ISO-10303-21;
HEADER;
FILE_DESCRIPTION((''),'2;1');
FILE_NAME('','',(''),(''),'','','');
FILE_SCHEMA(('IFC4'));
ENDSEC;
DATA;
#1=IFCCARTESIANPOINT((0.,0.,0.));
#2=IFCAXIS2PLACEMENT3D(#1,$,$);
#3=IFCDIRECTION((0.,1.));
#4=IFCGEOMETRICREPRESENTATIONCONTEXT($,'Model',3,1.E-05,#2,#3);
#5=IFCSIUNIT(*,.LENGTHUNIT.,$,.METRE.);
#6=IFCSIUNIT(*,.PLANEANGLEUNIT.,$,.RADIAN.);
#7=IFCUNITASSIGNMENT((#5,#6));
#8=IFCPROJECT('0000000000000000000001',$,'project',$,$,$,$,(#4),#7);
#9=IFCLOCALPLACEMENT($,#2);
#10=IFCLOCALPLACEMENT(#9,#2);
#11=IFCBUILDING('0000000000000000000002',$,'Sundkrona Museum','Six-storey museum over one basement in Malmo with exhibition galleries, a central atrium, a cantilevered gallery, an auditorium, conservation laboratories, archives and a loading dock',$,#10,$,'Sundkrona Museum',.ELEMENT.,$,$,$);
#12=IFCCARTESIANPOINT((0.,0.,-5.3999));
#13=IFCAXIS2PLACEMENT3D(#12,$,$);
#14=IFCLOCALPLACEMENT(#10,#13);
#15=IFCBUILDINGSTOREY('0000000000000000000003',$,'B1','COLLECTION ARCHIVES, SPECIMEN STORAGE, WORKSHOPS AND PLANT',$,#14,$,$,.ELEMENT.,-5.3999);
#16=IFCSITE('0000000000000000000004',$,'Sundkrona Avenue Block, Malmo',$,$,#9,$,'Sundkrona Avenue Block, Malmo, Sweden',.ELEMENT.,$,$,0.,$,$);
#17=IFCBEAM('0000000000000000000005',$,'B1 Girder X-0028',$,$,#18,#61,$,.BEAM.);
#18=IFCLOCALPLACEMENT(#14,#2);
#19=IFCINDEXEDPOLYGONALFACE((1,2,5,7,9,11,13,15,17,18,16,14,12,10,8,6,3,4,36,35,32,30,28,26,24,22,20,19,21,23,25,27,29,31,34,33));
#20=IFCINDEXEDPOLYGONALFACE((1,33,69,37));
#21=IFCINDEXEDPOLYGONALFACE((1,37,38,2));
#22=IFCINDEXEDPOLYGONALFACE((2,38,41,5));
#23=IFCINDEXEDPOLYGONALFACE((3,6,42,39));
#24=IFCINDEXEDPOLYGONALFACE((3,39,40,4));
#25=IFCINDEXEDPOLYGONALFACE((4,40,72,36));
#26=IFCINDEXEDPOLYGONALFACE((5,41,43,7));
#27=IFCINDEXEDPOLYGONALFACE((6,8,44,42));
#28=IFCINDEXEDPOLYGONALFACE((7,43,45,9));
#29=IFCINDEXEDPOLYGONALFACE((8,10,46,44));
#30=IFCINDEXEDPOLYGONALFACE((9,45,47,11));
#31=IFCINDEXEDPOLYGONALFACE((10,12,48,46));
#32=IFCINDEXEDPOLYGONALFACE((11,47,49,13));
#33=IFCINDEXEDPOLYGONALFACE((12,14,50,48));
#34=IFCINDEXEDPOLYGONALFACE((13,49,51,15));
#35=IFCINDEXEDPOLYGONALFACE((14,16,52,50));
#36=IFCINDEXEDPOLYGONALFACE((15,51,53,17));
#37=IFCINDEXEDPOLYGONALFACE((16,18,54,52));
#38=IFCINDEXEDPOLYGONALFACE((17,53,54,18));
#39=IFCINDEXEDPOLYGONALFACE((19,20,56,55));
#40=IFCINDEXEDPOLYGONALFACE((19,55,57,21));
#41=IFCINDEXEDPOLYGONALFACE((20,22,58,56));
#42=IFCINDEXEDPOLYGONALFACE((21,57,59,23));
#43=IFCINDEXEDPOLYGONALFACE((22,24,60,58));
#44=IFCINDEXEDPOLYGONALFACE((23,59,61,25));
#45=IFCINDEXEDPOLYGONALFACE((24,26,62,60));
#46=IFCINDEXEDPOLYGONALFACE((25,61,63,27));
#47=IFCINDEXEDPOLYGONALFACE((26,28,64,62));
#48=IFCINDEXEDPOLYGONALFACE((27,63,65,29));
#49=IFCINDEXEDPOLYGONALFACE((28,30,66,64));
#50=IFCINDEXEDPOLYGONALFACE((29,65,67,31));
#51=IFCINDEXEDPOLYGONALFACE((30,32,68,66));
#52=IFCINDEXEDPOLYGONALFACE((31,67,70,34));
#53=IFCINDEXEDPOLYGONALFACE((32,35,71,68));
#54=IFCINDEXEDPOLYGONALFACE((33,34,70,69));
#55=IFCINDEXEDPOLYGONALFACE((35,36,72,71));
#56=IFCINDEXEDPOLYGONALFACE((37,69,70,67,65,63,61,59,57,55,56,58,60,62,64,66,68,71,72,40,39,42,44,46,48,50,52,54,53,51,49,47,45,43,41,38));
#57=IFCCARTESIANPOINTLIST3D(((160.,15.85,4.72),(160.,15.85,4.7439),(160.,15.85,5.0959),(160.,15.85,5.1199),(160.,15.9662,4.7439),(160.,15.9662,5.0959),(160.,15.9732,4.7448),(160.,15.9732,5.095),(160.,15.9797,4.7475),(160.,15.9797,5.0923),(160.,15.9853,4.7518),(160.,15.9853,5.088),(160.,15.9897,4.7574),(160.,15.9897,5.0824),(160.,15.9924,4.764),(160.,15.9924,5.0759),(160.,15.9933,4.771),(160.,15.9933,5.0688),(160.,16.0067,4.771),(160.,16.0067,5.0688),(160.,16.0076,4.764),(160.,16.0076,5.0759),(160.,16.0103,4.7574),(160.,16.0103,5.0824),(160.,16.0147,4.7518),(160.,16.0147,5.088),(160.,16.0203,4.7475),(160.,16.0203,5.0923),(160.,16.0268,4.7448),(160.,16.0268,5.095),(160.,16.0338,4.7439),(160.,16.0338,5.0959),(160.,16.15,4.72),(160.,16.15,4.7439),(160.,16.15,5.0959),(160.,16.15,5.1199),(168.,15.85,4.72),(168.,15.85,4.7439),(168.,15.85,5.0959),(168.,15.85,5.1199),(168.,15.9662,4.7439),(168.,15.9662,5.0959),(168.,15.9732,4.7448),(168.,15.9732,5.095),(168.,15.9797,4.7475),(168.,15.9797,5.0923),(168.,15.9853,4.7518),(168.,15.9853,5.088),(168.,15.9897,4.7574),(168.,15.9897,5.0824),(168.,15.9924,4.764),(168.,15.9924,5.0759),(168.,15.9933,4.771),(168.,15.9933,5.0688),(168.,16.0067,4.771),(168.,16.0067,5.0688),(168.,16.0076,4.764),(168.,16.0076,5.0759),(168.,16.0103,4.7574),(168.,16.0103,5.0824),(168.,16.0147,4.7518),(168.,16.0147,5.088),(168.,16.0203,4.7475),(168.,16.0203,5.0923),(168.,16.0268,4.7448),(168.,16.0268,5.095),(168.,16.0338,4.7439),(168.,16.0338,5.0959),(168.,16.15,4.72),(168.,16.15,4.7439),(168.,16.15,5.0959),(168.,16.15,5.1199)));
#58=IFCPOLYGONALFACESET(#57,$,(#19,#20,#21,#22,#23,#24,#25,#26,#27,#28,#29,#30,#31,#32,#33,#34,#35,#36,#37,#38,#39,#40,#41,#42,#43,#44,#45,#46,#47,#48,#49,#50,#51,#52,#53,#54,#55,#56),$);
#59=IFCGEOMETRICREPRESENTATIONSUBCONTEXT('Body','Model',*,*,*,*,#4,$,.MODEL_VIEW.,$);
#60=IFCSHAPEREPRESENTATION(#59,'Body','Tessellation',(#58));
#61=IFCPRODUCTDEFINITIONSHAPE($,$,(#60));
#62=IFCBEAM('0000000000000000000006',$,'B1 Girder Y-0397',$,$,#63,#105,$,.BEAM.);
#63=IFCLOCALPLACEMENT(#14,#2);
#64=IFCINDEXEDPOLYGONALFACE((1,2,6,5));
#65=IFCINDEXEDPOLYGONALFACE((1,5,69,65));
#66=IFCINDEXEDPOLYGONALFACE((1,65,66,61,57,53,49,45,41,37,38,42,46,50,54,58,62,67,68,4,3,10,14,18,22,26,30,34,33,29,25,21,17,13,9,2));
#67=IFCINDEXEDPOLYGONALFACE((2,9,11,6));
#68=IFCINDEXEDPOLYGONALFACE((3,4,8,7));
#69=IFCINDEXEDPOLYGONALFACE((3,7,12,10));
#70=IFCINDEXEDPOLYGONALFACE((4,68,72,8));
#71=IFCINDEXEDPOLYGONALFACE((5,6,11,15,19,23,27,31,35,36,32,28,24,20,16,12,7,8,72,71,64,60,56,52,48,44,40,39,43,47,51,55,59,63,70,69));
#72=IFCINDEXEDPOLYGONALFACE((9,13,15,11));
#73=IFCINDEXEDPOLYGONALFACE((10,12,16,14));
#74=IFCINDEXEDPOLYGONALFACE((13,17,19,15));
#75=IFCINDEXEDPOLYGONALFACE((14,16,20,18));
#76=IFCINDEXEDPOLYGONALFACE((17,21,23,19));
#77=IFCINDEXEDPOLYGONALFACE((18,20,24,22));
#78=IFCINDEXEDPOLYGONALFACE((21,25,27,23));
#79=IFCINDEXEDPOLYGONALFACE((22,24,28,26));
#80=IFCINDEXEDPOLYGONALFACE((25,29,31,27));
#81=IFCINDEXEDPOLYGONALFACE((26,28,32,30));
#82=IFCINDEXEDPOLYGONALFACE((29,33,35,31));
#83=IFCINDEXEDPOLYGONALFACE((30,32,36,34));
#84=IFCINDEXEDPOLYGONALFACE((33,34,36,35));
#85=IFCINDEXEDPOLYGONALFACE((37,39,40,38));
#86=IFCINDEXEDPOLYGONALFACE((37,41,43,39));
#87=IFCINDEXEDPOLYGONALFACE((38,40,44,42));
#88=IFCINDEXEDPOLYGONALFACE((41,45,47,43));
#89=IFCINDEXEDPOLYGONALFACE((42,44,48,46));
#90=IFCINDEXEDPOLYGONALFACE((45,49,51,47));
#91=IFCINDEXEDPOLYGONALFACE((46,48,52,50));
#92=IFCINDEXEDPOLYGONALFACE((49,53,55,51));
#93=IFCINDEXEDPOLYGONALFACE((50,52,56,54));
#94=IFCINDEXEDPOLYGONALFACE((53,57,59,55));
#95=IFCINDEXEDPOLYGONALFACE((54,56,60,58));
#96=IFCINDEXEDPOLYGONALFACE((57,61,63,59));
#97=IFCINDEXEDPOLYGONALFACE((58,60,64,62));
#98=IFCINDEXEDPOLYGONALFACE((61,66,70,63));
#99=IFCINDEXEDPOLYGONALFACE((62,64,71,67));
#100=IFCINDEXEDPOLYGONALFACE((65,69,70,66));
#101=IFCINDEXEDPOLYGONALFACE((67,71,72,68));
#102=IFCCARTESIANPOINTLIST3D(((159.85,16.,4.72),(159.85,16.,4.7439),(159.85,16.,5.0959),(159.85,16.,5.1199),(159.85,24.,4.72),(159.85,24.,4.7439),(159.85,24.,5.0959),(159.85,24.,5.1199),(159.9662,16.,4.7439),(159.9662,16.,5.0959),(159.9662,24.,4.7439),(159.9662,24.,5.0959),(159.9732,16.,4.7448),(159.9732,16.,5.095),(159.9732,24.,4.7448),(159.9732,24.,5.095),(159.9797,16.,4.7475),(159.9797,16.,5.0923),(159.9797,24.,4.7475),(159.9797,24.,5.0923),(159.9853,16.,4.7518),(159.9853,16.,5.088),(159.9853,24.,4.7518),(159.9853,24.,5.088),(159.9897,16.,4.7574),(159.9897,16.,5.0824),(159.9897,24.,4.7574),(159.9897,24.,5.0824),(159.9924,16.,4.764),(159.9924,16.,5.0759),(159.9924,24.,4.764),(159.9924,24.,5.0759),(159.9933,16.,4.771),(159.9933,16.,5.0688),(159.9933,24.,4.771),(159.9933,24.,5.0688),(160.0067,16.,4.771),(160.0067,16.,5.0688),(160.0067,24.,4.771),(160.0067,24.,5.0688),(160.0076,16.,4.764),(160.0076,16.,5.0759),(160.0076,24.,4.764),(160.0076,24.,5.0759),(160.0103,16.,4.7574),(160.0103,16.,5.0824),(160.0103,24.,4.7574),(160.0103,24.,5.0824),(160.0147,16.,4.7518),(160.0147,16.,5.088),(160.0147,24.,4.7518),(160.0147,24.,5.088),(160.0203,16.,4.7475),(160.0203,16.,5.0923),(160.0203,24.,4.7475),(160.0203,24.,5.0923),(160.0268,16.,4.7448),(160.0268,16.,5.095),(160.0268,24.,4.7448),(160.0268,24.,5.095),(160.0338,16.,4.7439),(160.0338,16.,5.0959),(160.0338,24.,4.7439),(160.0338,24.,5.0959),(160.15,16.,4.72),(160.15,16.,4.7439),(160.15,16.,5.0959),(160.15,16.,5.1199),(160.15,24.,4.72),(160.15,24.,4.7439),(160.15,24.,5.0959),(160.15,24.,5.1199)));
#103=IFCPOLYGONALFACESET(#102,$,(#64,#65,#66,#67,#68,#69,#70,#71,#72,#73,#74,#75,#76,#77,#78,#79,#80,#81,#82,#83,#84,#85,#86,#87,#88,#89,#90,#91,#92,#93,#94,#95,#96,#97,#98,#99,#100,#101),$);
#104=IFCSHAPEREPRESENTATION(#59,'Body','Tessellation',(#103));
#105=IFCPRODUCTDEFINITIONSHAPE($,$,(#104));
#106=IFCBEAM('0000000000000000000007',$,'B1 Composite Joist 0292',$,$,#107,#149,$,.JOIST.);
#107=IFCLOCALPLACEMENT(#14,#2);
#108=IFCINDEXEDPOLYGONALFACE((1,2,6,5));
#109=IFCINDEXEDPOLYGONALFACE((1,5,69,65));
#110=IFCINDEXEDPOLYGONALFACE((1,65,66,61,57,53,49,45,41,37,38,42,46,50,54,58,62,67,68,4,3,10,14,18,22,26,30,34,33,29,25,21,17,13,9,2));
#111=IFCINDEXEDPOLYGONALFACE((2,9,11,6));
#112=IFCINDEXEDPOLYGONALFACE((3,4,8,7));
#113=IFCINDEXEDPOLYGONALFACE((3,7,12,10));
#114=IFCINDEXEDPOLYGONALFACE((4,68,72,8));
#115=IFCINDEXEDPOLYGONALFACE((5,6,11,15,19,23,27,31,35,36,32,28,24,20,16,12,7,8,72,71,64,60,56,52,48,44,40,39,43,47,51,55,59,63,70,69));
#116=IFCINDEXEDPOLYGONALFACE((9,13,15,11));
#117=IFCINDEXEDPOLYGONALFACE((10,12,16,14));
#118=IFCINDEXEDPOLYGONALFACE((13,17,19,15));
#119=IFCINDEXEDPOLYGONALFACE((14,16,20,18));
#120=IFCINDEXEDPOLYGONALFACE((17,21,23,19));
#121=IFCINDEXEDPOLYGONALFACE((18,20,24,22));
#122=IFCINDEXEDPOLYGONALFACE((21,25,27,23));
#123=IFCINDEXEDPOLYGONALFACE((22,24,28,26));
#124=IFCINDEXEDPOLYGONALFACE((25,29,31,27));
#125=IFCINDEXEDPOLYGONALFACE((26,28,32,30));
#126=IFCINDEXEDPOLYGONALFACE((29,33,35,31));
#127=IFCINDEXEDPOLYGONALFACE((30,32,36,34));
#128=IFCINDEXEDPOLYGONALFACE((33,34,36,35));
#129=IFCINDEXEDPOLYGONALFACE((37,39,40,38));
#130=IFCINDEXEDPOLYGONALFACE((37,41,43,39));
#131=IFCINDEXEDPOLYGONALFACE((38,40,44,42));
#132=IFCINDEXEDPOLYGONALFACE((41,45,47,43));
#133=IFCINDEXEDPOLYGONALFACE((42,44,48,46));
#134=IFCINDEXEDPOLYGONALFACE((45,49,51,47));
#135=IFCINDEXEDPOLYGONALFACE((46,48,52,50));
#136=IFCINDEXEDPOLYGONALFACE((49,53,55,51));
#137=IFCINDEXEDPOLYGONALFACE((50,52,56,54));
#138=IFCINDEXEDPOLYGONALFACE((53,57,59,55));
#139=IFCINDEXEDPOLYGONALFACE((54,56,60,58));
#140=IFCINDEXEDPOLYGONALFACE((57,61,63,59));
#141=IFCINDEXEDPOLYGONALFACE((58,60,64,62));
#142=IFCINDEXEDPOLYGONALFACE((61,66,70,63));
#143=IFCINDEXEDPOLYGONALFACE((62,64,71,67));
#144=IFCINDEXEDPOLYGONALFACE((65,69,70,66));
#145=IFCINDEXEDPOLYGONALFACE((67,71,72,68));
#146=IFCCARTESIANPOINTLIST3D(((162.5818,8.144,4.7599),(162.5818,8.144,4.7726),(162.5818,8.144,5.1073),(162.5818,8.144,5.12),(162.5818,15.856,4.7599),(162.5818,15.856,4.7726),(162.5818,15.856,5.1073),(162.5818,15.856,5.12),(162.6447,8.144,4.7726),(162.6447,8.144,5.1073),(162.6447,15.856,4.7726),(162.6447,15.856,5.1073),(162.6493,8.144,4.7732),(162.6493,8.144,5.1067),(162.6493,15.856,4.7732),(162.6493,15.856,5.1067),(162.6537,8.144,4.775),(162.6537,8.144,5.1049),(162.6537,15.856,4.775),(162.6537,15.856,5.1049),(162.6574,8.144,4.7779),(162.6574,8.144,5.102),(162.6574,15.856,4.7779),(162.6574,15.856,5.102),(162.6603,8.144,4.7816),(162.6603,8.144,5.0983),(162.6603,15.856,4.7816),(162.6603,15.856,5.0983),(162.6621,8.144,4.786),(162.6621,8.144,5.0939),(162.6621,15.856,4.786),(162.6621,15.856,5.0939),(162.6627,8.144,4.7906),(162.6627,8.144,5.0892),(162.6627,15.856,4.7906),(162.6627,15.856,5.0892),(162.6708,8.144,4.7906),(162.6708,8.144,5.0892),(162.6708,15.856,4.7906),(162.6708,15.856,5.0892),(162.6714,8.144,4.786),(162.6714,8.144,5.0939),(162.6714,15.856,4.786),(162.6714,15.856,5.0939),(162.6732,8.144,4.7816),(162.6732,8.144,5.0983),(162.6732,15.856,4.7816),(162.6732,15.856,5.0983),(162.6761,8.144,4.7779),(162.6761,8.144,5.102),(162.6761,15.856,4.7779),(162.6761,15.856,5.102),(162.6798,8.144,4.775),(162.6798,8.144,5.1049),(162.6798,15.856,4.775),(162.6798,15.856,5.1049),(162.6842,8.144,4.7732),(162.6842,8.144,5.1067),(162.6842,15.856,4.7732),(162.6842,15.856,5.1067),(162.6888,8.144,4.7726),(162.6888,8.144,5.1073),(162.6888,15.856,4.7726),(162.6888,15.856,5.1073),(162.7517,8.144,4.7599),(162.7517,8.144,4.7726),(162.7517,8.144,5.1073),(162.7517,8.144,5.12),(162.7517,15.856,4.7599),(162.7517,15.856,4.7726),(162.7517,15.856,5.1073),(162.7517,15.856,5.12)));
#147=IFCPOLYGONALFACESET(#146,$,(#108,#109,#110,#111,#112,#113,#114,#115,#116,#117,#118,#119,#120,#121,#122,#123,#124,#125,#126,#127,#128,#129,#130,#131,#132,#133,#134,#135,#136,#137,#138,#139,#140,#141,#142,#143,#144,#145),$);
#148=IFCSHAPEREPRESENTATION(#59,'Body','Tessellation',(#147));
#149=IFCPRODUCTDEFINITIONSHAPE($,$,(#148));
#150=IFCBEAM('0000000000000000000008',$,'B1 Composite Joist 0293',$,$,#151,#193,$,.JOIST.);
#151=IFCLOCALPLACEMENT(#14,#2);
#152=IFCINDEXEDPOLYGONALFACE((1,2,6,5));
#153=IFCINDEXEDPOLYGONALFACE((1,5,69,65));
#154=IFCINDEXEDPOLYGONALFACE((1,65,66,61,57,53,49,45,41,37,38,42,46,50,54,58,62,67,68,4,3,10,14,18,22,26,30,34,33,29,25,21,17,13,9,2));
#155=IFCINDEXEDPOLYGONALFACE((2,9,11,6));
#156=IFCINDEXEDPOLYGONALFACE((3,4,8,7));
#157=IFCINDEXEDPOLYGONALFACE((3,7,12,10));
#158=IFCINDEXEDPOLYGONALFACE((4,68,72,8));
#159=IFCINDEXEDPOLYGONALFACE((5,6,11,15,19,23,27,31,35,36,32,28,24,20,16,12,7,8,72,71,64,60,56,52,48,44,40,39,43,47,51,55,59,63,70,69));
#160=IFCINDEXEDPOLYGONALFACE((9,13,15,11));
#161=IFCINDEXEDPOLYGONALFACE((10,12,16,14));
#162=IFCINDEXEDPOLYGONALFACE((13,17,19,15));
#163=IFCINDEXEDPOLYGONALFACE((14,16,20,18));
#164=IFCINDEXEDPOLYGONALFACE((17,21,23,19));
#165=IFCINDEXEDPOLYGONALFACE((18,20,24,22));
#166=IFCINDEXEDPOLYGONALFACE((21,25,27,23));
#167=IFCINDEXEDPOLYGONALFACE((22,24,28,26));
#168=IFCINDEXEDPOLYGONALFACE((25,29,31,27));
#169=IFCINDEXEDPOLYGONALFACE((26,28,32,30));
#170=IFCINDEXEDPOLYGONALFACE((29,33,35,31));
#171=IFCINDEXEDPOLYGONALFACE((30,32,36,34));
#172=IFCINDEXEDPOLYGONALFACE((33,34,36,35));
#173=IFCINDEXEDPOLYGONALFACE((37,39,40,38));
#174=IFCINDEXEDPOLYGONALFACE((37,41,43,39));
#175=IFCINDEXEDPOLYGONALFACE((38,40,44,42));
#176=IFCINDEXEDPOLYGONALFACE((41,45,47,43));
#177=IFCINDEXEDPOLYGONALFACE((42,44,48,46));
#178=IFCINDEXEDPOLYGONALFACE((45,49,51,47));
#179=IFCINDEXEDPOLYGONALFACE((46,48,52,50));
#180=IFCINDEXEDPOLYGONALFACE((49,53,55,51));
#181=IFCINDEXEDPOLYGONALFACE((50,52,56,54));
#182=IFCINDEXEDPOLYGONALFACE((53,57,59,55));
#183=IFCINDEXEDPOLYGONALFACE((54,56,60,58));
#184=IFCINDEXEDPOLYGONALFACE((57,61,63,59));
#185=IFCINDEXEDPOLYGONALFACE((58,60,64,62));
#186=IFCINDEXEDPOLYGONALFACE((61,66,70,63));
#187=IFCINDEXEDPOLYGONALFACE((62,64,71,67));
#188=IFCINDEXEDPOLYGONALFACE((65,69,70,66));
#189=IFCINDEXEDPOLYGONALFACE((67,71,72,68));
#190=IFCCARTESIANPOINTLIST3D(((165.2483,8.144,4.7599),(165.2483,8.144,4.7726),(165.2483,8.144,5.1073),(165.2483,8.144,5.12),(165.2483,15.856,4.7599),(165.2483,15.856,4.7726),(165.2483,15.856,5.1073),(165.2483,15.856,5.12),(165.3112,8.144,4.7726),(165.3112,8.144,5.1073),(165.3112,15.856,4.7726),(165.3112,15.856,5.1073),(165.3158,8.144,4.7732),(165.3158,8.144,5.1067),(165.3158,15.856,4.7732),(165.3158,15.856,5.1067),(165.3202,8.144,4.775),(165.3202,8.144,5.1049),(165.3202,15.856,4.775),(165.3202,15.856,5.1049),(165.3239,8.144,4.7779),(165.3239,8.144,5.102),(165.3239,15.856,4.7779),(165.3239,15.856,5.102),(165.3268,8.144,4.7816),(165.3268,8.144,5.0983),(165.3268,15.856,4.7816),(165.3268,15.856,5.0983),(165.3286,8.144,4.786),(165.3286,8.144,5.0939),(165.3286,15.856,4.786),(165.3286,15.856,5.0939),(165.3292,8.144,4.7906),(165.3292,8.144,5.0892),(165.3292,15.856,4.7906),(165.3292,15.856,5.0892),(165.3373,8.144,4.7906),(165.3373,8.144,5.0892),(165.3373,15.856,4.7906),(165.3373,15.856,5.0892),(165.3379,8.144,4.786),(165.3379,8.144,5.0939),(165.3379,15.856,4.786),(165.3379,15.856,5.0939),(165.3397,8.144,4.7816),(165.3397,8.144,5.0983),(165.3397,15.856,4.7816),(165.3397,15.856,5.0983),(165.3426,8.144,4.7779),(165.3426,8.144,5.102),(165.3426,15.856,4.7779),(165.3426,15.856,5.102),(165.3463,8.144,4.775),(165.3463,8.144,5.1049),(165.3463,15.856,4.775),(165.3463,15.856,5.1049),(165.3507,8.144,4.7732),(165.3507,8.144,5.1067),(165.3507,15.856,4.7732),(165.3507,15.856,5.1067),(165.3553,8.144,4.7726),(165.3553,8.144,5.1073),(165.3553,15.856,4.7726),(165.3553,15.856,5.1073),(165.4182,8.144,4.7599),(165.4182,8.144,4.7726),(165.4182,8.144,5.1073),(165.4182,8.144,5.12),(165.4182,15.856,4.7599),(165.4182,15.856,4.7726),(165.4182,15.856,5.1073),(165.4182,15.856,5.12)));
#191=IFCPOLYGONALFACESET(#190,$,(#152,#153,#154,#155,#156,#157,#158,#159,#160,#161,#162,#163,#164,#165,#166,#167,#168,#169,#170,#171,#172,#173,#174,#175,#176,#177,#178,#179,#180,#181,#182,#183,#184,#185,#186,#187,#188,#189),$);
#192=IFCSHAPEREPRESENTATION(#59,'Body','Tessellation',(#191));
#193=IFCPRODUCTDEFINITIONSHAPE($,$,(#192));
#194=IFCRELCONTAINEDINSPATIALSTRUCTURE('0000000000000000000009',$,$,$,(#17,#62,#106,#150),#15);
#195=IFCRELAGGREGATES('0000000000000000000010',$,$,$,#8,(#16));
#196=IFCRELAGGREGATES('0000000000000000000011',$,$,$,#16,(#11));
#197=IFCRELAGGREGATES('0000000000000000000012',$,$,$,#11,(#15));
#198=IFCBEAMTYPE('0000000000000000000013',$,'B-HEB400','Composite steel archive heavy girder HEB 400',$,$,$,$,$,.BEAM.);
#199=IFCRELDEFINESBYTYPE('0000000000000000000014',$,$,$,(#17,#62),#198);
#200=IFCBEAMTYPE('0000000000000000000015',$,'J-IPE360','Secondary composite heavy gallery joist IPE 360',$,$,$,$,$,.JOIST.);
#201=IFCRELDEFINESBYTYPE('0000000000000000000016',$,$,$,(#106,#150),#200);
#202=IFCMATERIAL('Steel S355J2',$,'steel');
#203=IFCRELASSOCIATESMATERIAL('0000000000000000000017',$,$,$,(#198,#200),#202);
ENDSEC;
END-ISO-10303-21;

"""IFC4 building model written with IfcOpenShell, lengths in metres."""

from ifc_helpers import new_model, si_unit, direction, frame, origin, origin_2d, place, context, subcontext, project, spatial, i_section, extrude, material, material_profile, profile_set, type_object, element, save


model = new_model("IFC4")

# Units and contexts
model_context = context("Model", 3, precision=1e-05, world=origin(), true_north=direction((0.0, 1.0)))
body_context = subcontext(model_context, "Body", "Model", "MODEL_VIEW")
ifc_project = project(units=[si_unit("LENGTHUNIT", "METRE"), si_unit("PLANEANGLEUNIT", "RADIAN")], contexts=[model_context])

# Site, building, storey
site_placement = place(None, origin())
site = spatial("IfcSite", under=ifc_project, at=site_placement, Name="Sundkrona Avenue Block, Malmo", LongName="Sundkrona Avenue Block, Malmo, Sweden", CompositionType="ELEMENT", RefElevation=0.0)
building_placement = place(site_placement, origin())
building = spatial("IfcBuilding", under=site, at=building_placement, Name="Sundkrona Museum", Description="Six-storey museum over one basement in Malmo with exhibition galleries, a central atrium, a cantilevered gallery, an auditorium, conservation laboratories, archives and a loading dock", LongName="Sundkrona Museum", CompositionType="ELEMENT")
storey_placement = place(building_placement, frame((0.0, 0.0, -5.3999)))
storey = spatial("IfcBuildingStorey", under=building, at=storey_placement, Name="B1", Description="COLLECTION ARCHIVES, SPECIMEN STORAGE, WORKSHOPS AND PLANT", CompositionType="ELEMENT", Elevation=-5.3999)

# Beams
ifc_material_1 = material(Name="Steel S355J2", Category="steel")
ifc_material_profile_1 = material_profile(ifc_material_1, i_section(OverallWidth=0.3, OverallDepth=0.3999, WebThickness=0.0134, FlangeThickness=0.0239, FilletRadius=0.0271, at=origin_2d()), Name="HEB 400")
ifc_profile_set_1 = profile_set([ifc_material_profile_1], Name="Steel S355J2")
beam_type_1 = type_object("IfcBeamType", Name="B-HEB400", Description="Composite steel archive heavy girder HEB 400", PredefinedType="BEAM", material=ifc_profile_set_1)
for number, where, z_axis, x_axis, name in (
    (1, (160.0, 16.0, 4.9199), (1.0, 0.0, 0.0), (0.0, 1.0, 0.0), "B1 Girder X-0028"),
    (2, (160.0, 16.0, 4.9199), (0.0, 1.0, 0.0), (-1.0, 0.0, 0.0), "B1 Girder Y-0397"),
):
    element("IfcBeam", number, at=place(storey_placement, frame(where, z_axis=z_axis, x_axis=x_axis)), inside=storey, type_object=beam_type_1, Name=name, PredefinedType="BEAM", context=body_context, shape_type="SweptSolid", body=[
        extrude(i_section(OverallWidth=0.3, OverallDepth=0.3999, WebThickness=0.0134, FlangeThickness=0.0239, FilletRadius=0.0271, at=origin_2d()), origin(), (0.0, 0.0, 1.0), 8.0),
    ])
ifc_material_profile_2 = material_profile(ifc_material_1, i_section(OverallWidth=0.1699, OverallDepth=0.3601, WebThickness=0.0081, FlangeThickness=0.0127, FilletRadius=0.0181, at=origin_2d()), Name="IPE 360")
ifc_profile_set_2 = profile_set([ifc_material_profile_2], Name="Steel S355J2")
beam_type_2 = type_object("IfcBeamType", Name="J-IPE360", Description="Secondary composite heavy gallery joist IPE 360", PredefinedType="JOIST", material=ifc_profile_set_2)
for number, where, z_axis, x_axis, name in (
    (3, (162.6667, 8.144, 4.9399), (0.0, 1.0, 0.0), (-1.0, 0.0, 0.0), "B1 Composite Joist 0292"),
    (4, (165.3333, 8.144, 4.9399), (0.0, 1.0, 0.0), (-1.0, 0.0, 0.0), "B1 Composite Joist 0293"),
):
    element("IfcBeam", number, at=place(storey_placement, frame(where, z_axis=z_axis, x_axis=x_axis)), inside=storey, type_object=beam_type_2, Name=name, PredefinedType="JOIST", context=body_context, shape_type="SweptSolid", body=[
        extrude(i_section(OverallWidth=0.1699, OverallDepth=0.3601, WebThickness=0.0081, FlangeThickness=0.0127, FilletRadius=0.0181, at=origin_2d()), origin(), (0.0, 0.0, 1.0), 7.7119),
    ])

save(model, "model.ifc")
